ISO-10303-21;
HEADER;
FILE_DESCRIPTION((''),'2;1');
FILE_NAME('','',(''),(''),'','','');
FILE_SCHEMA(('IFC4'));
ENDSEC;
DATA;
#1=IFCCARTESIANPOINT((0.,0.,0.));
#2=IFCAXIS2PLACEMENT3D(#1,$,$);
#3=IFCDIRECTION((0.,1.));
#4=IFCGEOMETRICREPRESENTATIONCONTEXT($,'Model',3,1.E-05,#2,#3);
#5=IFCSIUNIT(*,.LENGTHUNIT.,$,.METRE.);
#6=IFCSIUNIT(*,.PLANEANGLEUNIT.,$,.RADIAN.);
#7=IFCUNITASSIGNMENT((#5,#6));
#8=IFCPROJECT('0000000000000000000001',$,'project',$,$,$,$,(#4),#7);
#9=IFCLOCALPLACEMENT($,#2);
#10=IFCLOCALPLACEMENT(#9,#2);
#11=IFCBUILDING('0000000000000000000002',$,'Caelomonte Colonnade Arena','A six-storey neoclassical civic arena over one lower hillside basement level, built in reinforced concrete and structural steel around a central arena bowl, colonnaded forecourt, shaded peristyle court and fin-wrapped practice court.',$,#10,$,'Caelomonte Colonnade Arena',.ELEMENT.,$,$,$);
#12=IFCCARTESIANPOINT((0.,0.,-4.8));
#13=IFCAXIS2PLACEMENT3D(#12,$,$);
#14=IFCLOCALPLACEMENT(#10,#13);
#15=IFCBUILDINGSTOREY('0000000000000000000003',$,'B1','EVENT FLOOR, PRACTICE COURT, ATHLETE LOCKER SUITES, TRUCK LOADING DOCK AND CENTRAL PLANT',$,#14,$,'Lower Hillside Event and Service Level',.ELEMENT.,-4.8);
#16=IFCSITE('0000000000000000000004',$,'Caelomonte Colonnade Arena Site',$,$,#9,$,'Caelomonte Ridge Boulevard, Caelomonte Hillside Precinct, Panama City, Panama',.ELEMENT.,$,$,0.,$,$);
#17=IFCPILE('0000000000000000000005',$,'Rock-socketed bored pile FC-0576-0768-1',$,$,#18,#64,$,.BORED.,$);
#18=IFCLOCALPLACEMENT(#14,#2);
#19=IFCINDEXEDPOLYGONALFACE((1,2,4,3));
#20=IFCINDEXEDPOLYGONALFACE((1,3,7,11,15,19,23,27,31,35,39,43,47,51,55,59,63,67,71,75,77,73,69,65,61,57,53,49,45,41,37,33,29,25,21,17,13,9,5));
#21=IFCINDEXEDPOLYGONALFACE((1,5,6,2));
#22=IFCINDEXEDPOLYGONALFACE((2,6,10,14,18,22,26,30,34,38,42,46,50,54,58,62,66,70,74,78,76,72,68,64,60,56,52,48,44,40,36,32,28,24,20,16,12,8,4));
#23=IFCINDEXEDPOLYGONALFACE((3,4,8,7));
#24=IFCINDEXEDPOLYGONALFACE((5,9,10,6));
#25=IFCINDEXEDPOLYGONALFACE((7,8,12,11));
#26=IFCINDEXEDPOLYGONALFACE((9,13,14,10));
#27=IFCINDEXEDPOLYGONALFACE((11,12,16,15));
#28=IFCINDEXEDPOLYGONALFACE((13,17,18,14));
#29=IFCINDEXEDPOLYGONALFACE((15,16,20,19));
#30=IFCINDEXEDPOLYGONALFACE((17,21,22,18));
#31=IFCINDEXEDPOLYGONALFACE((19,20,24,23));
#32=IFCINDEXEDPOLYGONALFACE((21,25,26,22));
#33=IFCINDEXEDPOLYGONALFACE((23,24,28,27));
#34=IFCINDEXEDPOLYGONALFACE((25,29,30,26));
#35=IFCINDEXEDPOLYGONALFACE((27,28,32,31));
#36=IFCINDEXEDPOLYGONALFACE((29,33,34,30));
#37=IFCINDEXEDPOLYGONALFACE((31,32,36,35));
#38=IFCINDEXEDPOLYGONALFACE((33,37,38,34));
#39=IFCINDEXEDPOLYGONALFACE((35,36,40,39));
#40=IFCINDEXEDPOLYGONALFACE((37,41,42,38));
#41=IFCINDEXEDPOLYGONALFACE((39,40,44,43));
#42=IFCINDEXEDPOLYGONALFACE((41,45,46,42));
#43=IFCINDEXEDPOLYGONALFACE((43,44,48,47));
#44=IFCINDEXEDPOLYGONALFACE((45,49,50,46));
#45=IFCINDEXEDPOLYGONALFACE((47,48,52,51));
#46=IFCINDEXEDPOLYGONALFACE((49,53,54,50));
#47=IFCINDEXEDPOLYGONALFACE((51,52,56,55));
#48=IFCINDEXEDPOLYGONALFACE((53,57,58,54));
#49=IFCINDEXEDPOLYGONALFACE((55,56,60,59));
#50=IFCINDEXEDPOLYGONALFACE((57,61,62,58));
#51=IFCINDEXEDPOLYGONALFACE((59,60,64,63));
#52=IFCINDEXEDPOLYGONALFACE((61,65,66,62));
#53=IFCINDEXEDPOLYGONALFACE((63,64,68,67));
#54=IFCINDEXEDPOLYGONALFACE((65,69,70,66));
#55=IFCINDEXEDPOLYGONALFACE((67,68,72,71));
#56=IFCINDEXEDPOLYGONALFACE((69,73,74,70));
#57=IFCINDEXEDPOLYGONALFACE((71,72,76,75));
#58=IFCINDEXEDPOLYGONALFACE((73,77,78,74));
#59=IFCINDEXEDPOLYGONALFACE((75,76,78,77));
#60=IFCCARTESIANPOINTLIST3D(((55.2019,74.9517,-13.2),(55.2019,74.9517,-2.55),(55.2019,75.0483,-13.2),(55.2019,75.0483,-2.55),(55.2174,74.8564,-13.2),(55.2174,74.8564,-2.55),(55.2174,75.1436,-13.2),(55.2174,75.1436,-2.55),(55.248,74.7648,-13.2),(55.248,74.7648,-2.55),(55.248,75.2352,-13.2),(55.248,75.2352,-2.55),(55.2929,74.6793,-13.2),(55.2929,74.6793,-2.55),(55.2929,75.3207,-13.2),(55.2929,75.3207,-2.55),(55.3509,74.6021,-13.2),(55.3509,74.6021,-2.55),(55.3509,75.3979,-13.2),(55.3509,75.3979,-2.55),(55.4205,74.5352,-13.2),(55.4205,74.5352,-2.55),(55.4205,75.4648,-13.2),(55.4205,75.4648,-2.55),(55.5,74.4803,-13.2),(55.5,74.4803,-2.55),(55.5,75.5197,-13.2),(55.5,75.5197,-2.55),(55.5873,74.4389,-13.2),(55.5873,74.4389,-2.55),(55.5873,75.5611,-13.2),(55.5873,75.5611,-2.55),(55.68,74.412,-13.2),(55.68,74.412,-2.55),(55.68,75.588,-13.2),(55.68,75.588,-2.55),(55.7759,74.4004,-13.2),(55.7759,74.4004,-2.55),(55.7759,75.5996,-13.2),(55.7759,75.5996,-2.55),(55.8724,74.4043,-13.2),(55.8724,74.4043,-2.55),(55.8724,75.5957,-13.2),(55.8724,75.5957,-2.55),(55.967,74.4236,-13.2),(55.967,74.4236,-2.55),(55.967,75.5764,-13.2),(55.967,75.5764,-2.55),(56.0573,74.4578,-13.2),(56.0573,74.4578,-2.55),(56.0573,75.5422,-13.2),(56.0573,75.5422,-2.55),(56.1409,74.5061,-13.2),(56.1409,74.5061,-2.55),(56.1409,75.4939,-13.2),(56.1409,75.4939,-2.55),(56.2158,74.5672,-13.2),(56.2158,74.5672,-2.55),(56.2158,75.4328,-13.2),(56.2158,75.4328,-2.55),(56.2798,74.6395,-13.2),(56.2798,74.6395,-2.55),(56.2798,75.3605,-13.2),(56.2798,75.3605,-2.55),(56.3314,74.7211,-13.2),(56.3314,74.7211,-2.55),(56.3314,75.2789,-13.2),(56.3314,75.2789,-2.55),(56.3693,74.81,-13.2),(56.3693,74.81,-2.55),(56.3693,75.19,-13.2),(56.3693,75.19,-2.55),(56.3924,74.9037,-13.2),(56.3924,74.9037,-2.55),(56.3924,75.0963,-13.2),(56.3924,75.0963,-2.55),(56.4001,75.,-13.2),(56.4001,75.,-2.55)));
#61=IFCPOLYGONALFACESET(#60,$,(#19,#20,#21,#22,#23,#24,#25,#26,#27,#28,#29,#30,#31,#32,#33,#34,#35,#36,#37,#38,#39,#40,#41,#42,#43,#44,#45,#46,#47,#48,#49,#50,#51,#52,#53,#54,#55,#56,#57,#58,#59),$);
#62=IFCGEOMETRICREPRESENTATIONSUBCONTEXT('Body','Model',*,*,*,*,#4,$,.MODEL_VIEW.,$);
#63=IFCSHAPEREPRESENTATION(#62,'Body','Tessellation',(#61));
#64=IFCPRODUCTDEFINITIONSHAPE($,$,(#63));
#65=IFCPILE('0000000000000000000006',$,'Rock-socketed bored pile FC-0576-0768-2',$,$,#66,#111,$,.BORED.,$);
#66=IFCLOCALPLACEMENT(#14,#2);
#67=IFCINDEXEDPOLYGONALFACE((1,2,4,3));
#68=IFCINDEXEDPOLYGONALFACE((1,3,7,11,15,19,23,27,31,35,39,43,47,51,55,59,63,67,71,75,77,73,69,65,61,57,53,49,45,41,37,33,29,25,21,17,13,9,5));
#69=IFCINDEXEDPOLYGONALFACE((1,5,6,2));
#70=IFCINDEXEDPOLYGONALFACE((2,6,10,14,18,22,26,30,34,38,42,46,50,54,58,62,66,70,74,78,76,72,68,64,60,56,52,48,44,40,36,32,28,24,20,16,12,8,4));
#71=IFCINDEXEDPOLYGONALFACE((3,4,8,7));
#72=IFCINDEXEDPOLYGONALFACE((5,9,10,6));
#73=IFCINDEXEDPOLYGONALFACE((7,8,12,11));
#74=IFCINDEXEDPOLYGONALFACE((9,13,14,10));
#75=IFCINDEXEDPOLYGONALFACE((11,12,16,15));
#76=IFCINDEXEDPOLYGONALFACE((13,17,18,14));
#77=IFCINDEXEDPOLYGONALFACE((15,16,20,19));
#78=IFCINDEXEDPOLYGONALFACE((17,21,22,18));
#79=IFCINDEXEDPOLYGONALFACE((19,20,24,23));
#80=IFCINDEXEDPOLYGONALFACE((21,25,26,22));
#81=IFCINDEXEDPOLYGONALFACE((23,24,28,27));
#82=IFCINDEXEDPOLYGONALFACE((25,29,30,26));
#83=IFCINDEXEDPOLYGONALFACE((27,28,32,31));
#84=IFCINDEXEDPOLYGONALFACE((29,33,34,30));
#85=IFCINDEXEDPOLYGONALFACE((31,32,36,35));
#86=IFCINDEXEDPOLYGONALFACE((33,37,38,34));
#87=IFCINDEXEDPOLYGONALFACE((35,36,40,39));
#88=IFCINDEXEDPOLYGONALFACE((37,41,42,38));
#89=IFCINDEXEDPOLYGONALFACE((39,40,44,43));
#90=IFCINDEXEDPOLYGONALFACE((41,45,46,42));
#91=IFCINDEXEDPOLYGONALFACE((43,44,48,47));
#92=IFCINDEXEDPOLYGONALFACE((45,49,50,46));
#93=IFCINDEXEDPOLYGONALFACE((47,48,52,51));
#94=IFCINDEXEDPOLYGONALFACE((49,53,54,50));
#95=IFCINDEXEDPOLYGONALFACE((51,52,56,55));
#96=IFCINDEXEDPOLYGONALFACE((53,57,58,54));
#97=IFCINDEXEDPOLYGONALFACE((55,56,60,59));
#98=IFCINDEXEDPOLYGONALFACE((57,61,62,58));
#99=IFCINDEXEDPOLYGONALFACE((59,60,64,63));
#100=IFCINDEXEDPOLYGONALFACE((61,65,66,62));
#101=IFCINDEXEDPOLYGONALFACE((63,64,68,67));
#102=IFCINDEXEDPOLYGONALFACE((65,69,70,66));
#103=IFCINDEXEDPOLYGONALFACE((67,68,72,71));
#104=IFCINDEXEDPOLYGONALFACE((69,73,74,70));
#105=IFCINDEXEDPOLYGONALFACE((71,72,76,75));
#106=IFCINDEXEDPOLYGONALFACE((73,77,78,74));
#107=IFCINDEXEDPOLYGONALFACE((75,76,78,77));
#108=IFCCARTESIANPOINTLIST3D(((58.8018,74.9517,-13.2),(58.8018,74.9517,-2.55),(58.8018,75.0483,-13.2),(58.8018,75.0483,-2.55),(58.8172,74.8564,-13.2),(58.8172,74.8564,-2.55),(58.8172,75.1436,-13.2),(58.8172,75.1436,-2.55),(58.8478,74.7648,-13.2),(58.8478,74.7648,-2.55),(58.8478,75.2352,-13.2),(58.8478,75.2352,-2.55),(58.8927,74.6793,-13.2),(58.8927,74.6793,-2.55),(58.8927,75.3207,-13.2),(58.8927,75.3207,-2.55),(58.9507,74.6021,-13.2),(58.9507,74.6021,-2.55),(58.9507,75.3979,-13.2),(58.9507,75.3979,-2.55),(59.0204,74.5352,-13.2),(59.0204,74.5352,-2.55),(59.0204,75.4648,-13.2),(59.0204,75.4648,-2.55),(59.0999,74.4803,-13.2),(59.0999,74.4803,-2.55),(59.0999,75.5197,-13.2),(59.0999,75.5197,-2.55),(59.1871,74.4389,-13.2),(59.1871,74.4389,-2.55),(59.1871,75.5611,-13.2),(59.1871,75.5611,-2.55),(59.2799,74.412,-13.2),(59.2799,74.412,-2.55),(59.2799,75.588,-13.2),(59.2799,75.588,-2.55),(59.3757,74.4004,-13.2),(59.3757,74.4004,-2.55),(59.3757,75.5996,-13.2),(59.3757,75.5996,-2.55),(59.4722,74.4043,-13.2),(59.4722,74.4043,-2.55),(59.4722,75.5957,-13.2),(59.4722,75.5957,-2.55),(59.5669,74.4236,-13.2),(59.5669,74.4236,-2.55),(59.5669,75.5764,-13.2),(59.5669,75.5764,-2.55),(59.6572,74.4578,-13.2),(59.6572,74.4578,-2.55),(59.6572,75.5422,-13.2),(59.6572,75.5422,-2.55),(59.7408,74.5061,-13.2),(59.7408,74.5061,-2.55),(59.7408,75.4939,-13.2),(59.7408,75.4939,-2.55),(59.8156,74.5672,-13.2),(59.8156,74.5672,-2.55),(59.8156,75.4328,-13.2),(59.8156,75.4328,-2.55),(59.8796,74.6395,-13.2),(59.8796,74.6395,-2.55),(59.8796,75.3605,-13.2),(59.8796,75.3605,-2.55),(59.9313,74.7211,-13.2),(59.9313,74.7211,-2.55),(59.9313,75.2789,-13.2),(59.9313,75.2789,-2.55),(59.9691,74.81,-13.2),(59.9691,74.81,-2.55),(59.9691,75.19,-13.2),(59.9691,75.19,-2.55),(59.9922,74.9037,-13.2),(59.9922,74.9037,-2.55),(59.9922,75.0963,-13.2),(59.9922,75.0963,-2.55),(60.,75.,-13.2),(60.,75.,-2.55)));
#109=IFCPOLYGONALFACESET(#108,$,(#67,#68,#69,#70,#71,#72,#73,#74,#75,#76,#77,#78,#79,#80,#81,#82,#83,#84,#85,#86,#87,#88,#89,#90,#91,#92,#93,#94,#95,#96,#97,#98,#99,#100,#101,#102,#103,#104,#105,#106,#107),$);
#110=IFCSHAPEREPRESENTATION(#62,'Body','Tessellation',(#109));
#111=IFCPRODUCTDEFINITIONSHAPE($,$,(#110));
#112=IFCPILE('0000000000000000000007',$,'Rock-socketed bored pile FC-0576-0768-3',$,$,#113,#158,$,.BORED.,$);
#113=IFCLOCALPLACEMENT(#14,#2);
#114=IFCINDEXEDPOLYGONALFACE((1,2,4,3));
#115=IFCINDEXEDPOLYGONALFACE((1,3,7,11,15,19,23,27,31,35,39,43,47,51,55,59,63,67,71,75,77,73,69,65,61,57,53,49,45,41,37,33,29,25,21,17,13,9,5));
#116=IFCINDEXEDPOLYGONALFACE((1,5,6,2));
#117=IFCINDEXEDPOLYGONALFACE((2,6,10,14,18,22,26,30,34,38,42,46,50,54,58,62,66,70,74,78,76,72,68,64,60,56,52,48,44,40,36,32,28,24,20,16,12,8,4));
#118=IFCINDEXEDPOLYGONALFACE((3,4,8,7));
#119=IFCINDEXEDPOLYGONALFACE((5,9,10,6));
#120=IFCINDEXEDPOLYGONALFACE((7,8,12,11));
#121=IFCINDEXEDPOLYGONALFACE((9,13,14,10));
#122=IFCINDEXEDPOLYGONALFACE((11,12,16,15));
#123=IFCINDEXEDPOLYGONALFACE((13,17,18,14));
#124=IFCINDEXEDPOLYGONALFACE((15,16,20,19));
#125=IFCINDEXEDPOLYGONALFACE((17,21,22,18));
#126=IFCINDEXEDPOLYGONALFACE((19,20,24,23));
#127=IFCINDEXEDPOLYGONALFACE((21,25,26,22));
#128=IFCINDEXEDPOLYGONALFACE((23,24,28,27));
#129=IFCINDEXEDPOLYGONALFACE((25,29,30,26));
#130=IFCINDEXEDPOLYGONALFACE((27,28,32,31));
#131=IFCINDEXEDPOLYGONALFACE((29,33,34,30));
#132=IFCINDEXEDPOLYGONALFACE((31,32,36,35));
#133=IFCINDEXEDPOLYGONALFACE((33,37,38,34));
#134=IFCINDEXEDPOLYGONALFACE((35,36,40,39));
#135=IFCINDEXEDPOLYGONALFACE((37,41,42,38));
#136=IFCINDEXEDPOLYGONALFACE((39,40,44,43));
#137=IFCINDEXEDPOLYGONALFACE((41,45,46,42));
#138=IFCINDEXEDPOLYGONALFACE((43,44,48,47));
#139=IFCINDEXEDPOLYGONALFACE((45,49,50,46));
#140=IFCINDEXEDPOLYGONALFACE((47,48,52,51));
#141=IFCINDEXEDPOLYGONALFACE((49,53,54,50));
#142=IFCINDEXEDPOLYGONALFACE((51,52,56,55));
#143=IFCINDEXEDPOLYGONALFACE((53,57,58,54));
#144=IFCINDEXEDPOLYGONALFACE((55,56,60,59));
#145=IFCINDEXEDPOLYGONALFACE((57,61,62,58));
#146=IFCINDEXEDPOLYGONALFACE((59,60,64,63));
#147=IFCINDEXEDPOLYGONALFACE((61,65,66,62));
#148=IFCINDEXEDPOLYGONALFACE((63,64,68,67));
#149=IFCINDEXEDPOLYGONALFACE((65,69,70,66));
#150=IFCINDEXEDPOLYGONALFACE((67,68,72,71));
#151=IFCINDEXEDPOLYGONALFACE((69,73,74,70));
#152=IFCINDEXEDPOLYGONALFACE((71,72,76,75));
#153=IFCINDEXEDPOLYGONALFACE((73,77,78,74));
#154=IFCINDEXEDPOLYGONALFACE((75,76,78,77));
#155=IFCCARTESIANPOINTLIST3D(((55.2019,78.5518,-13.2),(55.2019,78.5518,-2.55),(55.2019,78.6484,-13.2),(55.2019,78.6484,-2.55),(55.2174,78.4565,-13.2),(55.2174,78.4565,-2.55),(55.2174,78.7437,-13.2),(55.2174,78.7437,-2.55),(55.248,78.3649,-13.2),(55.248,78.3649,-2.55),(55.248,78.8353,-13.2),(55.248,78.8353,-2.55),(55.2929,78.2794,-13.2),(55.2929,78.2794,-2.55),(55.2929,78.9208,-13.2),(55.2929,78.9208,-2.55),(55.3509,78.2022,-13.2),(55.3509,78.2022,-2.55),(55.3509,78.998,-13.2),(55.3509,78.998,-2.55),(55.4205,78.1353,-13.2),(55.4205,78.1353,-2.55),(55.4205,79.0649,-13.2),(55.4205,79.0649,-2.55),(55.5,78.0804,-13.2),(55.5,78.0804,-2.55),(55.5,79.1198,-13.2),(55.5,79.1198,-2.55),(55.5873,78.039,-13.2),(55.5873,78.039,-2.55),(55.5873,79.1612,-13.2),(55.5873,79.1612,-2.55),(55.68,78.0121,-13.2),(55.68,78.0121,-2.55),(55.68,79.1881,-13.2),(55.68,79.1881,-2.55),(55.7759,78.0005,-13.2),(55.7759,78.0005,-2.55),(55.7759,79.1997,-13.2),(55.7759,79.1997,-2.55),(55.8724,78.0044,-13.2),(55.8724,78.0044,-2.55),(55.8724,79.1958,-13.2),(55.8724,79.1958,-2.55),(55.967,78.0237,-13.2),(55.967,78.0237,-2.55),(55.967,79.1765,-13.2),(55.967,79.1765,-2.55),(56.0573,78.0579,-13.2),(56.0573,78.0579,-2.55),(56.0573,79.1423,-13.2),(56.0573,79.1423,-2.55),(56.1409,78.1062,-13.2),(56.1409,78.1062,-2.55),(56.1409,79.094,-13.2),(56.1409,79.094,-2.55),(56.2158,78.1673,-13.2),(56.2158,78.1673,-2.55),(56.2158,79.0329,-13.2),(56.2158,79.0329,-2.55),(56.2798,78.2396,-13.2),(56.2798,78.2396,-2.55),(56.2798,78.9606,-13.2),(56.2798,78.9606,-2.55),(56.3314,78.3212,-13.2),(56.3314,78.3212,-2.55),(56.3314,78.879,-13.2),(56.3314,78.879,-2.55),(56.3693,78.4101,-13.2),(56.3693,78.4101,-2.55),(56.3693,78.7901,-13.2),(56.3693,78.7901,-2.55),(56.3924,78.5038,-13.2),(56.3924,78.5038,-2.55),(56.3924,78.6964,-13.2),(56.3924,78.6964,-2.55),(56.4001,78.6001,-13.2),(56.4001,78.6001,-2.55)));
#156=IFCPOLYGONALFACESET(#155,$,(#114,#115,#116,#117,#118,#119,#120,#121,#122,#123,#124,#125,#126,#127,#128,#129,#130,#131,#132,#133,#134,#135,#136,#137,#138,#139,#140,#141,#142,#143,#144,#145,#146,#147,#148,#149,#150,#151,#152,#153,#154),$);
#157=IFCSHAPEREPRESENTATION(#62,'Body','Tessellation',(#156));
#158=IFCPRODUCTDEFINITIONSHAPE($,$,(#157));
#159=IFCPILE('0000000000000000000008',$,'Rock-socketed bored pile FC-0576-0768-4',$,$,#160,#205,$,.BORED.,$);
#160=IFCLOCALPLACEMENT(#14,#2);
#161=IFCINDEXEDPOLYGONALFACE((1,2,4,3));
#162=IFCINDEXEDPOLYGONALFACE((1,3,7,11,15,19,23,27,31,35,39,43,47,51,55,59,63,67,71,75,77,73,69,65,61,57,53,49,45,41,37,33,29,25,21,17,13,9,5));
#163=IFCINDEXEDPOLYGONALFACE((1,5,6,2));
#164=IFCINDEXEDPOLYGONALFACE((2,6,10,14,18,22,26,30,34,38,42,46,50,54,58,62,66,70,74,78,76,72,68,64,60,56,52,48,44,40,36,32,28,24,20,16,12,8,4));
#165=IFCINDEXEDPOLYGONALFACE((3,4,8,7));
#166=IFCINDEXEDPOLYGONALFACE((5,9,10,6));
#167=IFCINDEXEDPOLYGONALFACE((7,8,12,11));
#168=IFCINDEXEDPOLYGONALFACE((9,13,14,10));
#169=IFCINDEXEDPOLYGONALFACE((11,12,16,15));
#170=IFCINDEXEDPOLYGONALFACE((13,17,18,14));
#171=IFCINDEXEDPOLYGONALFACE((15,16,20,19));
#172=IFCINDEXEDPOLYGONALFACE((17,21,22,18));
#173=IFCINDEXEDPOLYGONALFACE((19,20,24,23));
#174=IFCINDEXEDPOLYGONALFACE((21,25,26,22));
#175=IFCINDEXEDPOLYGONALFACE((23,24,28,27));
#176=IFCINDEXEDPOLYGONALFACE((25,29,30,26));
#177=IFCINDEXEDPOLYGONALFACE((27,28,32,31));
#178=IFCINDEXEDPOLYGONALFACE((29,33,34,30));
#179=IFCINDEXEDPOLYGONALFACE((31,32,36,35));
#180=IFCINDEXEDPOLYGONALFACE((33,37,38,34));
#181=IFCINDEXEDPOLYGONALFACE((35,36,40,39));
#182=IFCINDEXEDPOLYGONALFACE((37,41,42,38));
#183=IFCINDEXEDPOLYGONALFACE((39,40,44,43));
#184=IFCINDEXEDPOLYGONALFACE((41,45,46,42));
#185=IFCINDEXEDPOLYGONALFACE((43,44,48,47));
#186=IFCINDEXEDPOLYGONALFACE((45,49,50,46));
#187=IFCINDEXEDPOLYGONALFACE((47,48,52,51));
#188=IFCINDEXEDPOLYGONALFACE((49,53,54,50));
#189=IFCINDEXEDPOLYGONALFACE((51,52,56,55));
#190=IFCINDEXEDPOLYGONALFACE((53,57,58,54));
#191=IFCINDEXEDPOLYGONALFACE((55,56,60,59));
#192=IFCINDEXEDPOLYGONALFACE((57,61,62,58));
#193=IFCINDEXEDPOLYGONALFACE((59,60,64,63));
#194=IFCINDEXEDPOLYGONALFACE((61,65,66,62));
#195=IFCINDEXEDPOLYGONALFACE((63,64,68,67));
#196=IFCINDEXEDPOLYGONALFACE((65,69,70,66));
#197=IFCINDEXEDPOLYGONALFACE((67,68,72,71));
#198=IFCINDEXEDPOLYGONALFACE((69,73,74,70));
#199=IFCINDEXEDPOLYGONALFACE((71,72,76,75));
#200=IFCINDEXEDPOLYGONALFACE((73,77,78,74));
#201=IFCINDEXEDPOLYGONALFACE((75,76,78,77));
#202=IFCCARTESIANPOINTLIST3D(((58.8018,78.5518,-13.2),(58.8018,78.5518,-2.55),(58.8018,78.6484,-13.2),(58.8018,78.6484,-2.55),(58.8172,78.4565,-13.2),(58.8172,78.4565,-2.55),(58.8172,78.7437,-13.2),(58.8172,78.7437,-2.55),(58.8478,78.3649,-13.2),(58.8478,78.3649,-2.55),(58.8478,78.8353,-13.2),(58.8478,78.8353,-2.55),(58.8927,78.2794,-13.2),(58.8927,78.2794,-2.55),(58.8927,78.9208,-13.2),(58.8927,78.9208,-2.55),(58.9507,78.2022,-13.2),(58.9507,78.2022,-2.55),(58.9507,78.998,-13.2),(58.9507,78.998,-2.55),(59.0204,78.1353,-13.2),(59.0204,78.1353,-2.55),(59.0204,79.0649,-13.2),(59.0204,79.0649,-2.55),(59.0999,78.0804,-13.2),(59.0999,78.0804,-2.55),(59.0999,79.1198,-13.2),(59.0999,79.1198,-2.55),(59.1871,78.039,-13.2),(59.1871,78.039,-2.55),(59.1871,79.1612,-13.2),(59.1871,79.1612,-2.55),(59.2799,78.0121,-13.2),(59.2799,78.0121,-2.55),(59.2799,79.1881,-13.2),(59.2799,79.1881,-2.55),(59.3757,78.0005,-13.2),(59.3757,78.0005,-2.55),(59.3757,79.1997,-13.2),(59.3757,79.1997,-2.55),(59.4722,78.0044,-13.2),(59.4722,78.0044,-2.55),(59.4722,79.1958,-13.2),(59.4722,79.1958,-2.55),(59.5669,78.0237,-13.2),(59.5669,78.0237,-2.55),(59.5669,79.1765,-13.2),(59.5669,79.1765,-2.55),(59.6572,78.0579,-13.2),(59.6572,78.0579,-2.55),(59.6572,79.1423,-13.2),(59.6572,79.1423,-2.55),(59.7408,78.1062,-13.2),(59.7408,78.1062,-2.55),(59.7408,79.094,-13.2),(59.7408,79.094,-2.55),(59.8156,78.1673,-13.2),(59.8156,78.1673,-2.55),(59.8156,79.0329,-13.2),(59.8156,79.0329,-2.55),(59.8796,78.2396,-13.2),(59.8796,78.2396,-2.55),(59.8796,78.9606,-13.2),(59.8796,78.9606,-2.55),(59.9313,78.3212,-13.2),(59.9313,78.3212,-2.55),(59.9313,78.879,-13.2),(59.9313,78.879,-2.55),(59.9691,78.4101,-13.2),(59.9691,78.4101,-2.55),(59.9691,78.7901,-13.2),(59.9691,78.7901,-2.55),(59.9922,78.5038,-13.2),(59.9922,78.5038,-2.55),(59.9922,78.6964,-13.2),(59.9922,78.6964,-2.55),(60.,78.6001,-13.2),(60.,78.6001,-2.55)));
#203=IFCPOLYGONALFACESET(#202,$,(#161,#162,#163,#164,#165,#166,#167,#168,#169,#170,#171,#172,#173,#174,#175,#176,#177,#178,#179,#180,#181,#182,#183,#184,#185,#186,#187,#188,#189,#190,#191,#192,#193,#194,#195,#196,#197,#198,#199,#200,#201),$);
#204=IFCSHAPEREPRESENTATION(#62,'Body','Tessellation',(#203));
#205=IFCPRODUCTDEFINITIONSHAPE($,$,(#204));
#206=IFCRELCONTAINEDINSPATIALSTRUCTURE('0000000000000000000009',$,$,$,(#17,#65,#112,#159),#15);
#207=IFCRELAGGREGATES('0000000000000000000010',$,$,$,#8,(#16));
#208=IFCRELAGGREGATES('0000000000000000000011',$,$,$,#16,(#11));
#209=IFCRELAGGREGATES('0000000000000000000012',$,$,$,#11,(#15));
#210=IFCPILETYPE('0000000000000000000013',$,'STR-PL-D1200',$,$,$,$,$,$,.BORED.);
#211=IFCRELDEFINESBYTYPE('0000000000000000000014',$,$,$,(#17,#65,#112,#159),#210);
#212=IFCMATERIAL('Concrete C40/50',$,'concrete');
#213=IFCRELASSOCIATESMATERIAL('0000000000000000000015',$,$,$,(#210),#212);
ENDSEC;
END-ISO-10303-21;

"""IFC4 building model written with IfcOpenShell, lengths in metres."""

from ifc_helpers import new_model, si_unit, direction, frame, origin, origin_2d, place, context, subcontext, project, spatial, circle, extrude, material, material_profile, profile_set, type_object, element, save


model = new_model("IFC4")

# Units and contexts
model_context = context("Model", 3, precision=1e-05, world=origin(), true_north=direction((0.0, 1.0)))
body_context = subcontext(model_context, "Body", "Model", "MODEL_VIEW")
ifc_project = project(units=[si_unit("LENGTHUNIT", "METRE"), si_unit("PLANEANGLEUNIT", "RADIAN")], contexts=[model_context])

# Site, building, storey
site_placement = place(None, origin())
site = spatial("IfcSite", under=ifc_project, at=site_placement, Name="Caelomonte Colonnade Arena Site", LongName="Caelomonte Ridge Boulevard, Caelomonte Hillside Precinct, Panama City, Panama", CompositionType="ELEMENT", RefElevation=0.0)
building_placement = place(site_placement, origin())
building = spatial("IfcBuilding", under=site, at=building_placement, Name="Caelomonte Colonnade Arena", Description="A six-storey neoclassical civic arena over one lower hillside basement level, built in reinforced concrete and structural steel around a central arena bowl, colonnaded forecourt, shaded peristyle court and fin-wrapped practice court.", LongName="Caelomonte Colonnade Arena", CompositionType="ELEMENT")
storey_placement = place(building_placement, frame((0.0, 0.0, -4.8)))
storey = spatial("IfcBuildingStorey", under=building, at=storey_placement, Name="B1", Description="EVENT FLOOR, PRACTICE COURT, ATHLETE LOCKER SUITES, TRUCK LOADING DOCK AND CENTRAL PLANT", LongName="Lower Hillside Event and Service Level", CompositionType="ELEMENT", Elevation=-4.8)

# Shared definitions
ifc_material_1 = material(Name="Concrete C40/50", Category="concrete")

# Piles
ifc_material_profile_1 = material_profile(ifc_material_1, circle(Radius=0.6001, at=origin_2d()), Name="PILE-D1200")
ifc_profile_set_1 = profile_set([ifc_material_profile_1], Name="Concrete C40/50")
pile_type_1 = type_object("IfcPileType", Name="STR-PL-D1200", PredefinedType="BORED", material=ifc_profile_set_1)
for number, where, z_axis, x_axis, name in (
    (1, (55.8, 75.0, -2.55), (0.0, 0.0, -1.0), (1.0, 0.0, 0.0), "Rock-socketed bored pile FC-0576-0768-1"),
    (2, (59.3999, 75.0, -2.55), (0.0, 0.0, -1.0), (1.0, 0.0, 0.0), "Rock-socketed bored pile FC-0576-0768-2"),
    (3, (55.8, 78.6001, -2.55), (0.0, 0.0, -1.0), (1.0, 0.0, 0.0), "Rock-socketed bored pile FC-0576-0768-3"),
    (4, (59.3999, 78.6001, -2.55), (0.0, 0.0, -1.0), (1.0, 0.0, 0.0), "Rock-socketed bored pile FC-0576-0768-4"),
):
    element("IfcPile", number, at=place(storey_placement, frame(where, z_axis=z_axis, x_axis=x_axis)), inside=storey, type_object=pile_type_1, Name=name, PredefinedType="BORED", context=body_context, shape_type="SweptSolid", body=[
        extrude(circle(Radius=0.6001, at=origin_2d()), origin(), (0.0, 0.0, 1.0), 10.6499),
    ])

save(model, "model.ifc")
